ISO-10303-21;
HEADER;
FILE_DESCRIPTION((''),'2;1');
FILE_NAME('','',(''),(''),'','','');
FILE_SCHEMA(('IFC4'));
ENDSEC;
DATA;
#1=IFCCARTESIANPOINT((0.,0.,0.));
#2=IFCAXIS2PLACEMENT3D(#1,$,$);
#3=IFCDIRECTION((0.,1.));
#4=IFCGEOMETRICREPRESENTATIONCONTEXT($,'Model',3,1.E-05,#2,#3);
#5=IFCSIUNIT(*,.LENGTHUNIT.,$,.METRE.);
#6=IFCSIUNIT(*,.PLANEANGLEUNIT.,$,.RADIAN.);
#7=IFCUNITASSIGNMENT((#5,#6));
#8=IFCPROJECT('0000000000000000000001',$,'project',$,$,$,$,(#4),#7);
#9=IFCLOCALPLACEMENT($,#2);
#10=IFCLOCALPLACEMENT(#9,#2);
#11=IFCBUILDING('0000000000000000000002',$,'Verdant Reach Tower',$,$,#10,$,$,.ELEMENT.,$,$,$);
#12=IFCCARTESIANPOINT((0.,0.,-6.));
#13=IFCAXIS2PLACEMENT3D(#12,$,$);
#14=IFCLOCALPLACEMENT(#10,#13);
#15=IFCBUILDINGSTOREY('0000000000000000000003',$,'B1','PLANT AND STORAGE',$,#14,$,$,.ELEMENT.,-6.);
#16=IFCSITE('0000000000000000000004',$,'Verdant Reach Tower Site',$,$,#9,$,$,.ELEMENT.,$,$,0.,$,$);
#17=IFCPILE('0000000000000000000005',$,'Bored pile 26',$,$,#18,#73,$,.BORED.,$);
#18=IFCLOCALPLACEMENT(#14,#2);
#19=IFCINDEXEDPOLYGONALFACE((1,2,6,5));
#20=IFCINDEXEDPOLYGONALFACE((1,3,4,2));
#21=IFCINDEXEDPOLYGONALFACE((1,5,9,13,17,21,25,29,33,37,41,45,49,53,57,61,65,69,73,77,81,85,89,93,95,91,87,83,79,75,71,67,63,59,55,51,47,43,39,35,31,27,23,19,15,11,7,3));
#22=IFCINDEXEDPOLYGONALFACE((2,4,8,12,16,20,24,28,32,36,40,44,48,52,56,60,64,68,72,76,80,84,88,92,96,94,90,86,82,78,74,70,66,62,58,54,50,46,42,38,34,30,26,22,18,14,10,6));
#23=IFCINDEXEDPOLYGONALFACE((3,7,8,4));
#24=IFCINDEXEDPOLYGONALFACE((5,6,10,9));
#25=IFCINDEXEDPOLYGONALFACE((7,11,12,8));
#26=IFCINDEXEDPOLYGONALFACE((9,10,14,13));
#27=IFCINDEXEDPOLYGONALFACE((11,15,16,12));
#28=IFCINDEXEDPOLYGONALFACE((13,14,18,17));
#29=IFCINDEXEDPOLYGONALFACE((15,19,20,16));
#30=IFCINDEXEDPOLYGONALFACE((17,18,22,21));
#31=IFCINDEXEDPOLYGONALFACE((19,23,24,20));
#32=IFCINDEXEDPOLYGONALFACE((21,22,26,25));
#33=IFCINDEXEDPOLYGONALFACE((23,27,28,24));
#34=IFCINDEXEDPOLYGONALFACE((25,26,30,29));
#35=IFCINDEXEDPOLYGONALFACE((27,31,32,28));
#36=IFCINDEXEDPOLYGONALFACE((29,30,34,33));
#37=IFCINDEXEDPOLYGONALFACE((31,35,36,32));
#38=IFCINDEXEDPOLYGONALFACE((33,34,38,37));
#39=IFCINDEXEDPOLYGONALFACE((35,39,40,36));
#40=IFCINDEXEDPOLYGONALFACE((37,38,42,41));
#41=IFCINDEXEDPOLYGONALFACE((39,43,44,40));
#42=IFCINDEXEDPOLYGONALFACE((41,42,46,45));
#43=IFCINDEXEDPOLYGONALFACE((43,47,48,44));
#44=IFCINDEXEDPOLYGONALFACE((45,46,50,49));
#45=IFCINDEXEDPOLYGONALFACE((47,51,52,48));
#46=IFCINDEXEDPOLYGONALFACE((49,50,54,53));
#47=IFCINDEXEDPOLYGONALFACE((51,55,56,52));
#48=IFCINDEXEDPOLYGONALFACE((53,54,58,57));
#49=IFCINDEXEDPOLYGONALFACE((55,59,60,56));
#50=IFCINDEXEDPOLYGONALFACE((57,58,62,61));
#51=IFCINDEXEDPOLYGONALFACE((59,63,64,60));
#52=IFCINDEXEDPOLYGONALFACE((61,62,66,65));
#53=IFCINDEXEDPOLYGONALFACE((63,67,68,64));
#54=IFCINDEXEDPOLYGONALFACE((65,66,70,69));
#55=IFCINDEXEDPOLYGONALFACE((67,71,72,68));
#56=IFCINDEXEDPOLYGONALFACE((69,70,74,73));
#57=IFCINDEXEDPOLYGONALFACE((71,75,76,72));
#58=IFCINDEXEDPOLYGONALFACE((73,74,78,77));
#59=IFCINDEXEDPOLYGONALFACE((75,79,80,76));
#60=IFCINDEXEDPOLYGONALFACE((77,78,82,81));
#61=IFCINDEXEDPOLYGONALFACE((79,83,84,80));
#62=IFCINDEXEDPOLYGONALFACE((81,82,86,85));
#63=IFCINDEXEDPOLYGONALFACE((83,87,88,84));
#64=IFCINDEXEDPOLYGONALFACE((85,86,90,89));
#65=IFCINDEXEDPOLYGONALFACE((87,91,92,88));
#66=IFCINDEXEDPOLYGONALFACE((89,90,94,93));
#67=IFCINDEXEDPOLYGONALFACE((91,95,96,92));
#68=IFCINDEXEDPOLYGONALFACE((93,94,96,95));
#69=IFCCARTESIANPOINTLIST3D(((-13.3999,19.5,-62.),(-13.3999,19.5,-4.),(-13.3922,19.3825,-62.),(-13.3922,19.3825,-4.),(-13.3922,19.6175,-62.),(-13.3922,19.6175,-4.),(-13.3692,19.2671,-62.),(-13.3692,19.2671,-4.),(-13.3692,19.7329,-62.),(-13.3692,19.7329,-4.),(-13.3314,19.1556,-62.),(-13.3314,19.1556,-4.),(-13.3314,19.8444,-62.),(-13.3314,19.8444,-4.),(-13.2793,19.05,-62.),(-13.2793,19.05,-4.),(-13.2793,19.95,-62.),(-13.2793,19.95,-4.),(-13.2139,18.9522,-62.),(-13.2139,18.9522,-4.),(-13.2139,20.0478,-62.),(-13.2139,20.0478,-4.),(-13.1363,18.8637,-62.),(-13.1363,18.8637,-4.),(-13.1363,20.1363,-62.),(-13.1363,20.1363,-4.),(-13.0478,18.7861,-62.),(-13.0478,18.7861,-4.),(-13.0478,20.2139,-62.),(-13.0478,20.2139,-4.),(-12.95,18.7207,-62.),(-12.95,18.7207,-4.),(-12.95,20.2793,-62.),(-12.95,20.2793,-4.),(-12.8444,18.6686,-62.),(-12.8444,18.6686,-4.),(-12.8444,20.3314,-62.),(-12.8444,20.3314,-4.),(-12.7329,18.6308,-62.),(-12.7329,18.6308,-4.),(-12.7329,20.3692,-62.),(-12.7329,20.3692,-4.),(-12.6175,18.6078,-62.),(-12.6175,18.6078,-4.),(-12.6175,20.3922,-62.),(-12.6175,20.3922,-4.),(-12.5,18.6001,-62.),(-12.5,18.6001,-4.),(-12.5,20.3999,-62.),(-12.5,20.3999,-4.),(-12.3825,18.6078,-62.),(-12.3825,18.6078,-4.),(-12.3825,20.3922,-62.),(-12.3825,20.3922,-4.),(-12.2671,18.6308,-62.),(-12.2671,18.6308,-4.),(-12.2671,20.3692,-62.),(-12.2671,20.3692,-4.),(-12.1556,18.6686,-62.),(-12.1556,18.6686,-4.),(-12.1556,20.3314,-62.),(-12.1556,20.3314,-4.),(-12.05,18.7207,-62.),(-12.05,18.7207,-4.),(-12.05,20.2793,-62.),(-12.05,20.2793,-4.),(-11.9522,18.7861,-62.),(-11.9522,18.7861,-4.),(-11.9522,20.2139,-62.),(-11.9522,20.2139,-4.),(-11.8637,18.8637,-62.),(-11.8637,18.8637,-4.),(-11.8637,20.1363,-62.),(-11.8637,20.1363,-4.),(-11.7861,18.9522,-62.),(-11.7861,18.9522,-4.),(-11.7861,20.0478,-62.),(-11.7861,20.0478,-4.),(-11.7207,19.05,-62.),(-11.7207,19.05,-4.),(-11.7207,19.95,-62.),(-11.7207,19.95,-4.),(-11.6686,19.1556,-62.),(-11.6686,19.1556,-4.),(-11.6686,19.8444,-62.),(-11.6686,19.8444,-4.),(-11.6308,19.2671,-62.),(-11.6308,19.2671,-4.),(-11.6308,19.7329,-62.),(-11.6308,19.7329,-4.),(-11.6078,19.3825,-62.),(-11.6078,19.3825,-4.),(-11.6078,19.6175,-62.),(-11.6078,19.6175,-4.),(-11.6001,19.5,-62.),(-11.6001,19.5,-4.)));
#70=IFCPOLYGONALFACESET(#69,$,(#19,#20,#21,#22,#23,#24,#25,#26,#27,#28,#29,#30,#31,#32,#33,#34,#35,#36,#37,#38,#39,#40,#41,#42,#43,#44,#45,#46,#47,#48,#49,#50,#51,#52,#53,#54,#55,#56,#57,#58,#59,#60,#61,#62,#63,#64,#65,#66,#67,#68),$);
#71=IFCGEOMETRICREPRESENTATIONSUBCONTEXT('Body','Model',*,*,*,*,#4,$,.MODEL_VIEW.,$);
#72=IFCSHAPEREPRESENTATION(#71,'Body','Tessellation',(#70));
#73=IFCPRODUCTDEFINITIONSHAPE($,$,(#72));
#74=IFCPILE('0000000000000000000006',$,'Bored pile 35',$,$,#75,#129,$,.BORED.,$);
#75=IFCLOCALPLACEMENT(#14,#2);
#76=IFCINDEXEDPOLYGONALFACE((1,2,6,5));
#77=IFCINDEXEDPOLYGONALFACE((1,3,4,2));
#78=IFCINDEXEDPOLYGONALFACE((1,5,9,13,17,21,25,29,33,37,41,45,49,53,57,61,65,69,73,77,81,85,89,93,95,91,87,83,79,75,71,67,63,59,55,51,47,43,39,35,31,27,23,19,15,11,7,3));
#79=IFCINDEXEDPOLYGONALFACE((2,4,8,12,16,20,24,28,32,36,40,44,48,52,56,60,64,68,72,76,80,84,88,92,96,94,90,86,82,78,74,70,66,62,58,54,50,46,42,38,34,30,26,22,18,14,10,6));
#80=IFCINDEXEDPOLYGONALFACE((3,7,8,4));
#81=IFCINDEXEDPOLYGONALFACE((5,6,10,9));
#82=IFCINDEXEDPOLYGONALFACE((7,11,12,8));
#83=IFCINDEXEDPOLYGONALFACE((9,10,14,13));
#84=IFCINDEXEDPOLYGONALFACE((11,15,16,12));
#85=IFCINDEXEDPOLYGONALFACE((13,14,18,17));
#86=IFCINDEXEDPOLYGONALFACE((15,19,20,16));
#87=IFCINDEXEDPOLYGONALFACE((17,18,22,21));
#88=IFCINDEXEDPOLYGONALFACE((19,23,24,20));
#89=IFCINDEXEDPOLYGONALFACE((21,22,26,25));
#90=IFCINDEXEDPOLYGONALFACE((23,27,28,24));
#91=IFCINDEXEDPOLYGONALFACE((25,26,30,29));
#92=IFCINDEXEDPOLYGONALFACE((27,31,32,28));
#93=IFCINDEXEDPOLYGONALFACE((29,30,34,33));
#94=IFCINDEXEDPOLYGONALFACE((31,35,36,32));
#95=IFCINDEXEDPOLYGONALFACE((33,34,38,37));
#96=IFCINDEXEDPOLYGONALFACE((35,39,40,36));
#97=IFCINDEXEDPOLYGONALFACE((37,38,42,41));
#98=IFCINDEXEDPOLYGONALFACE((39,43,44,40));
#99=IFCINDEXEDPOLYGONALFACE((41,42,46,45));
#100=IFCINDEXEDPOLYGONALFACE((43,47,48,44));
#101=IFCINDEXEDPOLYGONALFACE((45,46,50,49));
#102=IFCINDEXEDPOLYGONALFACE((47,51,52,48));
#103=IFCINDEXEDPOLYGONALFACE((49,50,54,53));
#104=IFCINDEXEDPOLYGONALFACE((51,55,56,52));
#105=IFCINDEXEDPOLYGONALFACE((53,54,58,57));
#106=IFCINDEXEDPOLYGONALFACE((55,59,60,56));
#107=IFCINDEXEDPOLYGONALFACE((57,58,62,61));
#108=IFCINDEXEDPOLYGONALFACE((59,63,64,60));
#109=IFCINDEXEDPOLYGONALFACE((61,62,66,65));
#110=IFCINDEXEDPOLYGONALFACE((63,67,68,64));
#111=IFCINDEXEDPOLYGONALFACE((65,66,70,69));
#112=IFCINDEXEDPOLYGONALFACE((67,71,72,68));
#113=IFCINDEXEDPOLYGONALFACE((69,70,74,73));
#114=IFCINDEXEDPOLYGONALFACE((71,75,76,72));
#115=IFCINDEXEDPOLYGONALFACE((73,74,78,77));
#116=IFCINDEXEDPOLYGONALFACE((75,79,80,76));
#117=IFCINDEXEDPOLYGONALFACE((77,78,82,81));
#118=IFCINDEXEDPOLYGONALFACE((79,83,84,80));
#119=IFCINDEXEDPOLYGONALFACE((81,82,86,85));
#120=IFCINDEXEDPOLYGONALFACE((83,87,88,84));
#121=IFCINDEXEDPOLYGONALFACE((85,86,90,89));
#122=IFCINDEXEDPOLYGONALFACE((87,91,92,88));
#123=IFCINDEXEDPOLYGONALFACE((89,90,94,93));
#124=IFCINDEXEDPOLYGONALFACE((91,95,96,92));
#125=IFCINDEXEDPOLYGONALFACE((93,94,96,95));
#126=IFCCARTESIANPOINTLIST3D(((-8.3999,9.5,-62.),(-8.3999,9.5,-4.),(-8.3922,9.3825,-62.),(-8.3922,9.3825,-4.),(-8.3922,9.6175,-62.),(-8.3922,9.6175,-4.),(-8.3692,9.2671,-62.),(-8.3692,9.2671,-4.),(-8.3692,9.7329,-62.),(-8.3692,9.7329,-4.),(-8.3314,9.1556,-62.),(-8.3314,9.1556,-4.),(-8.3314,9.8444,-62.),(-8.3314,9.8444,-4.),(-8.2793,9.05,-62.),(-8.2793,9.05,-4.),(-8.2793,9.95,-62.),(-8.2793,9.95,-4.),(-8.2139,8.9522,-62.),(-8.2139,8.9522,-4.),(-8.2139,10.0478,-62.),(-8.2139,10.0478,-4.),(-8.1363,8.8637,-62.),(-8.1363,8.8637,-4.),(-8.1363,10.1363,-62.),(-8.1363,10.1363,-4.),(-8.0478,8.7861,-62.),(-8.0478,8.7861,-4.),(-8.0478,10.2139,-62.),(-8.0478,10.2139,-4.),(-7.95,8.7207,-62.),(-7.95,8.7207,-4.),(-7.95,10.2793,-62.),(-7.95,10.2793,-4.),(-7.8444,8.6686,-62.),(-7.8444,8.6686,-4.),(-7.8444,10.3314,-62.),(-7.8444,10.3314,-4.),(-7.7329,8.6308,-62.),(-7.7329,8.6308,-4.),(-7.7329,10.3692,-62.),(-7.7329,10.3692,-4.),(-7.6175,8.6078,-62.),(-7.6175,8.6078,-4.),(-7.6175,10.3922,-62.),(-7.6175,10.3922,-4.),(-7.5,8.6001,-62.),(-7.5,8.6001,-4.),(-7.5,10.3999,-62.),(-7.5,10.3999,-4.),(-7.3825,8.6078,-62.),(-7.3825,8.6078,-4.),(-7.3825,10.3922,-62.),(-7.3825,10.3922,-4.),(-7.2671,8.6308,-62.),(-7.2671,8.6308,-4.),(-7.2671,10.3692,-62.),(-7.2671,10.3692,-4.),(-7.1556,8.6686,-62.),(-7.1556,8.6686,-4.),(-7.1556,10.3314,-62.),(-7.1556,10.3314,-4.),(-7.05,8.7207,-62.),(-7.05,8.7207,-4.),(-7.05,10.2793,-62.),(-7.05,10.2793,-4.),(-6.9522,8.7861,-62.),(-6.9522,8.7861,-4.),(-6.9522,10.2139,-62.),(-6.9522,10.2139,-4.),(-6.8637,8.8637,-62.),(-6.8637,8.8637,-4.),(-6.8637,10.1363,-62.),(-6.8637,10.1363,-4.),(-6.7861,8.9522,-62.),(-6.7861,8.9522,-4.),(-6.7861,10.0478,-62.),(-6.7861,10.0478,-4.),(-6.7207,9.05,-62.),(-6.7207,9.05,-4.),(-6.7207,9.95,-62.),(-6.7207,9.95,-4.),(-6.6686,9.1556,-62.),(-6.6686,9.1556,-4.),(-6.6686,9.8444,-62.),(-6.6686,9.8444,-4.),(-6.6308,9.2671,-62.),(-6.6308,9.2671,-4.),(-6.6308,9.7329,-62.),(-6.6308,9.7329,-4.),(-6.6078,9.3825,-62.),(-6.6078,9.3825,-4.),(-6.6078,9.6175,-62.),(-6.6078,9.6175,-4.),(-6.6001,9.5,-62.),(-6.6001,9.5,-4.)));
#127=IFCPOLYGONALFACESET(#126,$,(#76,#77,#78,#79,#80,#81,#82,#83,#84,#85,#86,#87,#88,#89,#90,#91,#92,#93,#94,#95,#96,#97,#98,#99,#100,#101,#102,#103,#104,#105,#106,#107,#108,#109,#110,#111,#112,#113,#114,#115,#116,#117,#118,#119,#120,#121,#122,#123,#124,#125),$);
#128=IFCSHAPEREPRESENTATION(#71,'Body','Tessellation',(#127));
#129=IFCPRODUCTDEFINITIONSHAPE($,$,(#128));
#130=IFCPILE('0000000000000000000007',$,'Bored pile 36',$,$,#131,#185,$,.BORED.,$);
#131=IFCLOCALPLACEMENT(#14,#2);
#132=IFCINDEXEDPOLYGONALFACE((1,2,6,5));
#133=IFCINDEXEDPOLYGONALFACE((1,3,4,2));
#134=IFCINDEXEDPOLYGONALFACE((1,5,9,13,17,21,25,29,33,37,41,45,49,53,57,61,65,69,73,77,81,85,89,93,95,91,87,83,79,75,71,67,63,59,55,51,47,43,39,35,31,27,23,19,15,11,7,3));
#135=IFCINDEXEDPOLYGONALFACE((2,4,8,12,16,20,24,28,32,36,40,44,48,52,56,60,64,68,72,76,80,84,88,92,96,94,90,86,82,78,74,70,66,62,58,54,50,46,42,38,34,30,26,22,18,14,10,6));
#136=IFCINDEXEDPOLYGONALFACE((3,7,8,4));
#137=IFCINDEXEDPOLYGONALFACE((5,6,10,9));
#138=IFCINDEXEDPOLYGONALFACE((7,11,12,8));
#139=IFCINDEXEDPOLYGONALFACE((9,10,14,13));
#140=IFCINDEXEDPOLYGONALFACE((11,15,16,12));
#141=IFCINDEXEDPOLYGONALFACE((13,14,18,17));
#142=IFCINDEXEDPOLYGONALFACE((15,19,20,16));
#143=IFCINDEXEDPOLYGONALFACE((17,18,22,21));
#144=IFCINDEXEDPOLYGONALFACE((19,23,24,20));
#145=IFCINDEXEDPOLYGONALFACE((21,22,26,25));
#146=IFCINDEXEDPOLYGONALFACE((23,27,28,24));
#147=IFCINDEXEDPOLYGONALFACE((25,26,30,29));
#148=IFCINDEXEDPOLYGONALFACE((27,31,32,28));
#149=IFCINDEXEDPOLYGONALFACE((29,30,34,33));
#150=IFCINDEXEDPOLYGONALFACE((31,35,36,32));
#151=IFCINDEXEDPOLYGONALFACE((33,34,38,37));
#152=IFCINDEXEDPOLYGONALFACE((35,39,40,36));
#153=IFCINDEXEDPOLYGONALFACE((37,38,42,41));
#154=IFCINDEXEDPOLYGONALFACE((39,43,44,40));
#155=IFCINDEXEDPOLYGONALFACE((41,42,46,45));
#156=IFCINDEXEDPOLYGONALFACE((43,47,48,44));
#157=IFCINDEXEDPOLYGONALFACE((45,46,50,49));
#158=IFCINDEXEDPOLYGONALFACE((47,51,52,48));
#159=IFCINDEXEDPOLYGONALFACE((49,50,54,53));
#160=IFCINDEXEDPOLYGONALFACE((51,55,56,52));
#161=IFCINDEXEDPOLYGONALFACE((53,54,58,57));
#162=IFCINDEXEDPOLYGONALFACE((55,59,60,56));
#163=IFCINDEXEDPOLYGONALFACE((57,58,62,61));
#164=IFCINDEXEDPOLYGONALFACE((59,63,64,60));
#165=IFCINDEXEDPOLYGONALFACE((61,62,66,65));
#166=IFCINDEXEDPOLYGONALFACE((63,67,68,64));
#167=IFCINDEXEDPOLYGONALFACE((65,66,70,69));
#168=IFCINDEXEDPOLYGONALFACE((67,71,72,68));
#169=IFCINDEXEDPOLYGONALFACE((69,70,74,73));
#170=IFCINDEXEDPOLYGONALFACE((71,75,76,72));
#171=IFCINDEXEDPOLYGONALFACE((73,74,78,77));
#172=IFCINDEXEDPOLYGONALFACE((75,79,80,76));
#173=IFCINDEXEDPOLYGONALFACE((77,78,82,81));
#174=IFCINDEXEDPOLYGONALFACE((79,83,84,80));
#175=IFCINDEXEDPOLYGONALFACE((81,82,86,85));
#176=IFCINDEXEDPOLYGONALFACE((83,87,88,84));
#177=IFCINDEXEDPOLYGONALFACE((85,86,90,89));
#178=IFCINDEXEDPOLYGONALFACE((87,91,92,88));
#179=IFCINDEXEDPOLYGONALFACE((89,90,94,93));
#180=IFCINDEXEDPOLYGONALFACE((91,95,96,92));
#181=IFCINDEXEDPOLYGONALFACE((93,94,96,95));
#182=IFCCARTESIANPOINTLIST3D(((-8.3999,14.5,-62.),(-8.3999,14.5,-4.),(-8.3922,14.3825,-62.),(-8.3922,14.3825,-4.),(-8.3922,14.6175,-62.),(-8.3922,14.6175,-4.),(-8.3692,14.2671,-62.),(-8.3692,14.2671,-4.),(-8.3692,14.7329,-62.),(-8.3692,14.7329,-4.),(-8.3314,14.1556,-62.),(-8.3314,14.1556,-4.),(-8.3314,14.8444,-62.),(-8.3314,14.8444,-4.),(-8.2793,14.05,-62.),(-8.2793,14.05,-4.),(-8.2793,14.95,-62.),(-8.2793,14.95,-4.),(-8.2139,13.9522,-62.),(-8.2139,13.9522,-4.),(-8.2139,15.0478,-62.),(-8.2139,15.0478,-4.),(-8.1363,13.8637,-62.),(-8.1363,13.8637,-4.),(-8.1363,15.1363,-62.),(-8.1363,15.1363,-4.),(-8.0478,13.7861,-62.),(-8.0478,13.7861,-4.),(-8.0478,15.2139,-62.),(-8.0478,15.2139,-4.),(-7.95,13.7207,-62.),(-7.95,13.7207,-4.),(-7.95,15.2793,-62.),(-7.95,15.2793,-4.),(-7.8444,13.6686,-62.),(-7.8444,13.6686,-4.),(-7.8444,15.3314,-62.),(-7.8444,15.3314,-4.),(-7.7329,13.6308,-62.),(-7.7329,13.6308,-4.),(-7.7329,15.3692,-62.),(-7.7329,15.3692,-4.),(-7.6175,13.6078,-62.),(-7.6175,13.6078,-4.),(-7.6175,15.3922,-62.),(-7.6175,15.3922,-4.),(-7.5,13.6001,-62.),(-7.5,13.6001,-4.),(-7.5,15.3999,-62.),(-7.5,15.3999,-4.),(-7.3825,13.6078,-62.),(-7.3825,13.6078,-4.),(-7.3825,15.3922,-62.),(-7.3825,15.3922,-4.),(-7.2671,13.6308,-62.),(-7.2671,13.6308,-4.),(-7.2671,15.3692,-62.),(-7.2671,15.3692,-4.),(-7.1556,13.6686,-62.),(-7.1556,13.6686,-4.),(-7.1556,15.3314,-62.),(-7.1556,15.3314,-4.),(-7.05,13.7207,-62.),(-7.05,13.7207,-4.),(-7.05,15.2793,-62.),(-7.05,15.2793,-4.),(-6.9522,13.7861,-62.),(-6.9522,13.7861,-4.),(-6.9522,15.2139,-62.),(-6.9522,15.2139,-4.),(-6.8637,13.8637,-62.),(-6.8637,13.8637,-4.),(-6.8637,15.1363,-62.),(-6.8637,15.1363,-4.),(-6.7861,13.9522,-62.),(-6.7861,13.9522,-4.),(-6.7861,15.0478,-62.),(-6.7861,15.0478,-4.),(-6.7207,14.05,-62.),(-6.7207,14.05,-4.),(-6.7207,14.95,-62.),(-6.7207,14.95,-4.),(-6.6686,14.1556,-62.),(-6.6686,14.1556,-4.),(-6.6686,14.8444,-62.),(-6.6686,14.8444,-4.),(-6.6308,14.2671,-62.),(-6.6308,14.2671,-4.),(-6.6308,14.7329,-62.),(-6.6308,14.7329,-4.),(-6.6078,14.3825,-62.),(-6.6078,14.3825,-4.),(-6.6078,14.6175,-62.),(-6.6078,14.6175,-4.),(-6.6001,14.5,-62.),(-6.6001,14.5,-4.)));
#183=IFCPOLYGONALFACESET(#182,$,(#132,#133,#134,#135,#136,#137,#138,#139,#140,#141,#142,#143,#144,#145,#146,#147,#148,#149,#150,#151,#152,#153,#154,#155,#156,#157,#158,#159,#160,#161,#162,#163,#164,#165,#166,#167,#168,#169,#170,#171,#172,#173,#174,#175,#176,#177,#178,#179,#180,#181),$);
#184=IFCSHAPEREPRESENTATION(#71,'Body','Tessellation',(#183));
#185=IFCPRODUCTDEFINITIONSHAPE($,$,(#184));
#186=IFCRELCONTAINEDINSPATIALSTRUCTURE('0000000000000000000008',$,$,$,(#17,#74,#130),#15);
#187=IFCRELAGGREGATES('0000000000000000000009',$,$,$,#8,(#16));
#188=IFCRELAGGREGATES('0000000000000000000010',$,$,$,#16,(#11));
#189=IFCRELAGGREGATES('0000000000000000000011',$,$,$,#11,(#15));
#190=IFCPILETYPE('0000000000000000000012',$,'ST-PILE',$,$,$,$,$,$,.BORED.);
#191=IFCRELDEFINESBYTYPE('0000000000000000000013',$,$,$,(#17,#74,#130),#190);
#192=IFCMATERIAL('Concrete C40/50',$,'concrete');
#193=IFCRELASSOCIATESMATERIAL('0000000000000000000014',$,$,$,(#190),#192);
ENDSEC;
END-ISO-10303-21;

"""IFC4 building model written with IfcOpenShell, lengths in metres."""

from ifc_helpers import new_model, si_unit, direction, frame, origin, origin_2d, place, context, subcontext, project, spatial, circle, extrude, material, material_profile, profile_set, type_object, element, save


model = new_model("IFC4")

# Units and contexts
model_context = context("Model", 3, precision=1e-05, world=origin(), true_north=direction((0.0, 1.0)))
body_context = subcontext(model_context, "Body", "Model", "MODEL_VIEW")
ifc_project = project(units=[si_unit("LENGTHUNIT", "METRE"), si_unit("PLANEANGLEUNIT", "RADIAN")], contexts=[model_context])

# Site, building, storey
site_placement = place(None, origin())
site = spatial("IfcSite", under=ifc_project, at=site_placement, Name="Verdant Reach Tower Site", CompositionType="ELEMENT", RefElevation=0.0)
building_placement = place(site_placement, origin())
building = spatial("IfcBuilding", under=site, at=building_placement, Name="Verdant Reach Tower", CompositionType="ELEMENT")
storey_placement = place(building_placement, frame((0.0, 0.0, -6.0)))
storey = spatial("IfcBuildingStorey", under=building, at=storey_placement, Name="B1", Description="PLANT AND STORAGE", CompositionType="ELEMENT", Elevation=-6.0)

# Piles
ifc_material_1 = material(Name="Concrete C40/50", Category="concrete")
ifc_material_profile_1 = material_profile(ifc_material_1, circle(Radius=0.8999, at=origin_2d()), Name="BP 1800")
ifc_profile_set_1 = profile_set([ifc_material_profile_1], Name="Concrete C40/50")
pile_type = type_object("IfcPileType", Name="ST-PILE", PredefinedType="BORED", material=ifc_profile_set_1)
for number, where, z_axis, x_axis, name in (
    (1, (-12.5, 19.5, -4.0), (0.0, 0.0, -1.0), (1.0, 0.0, 0.0), "Bored pile 26"),
    (2, (-7.5, 9.5, -4.0), (0.0, 0.0, -1.0), (1.0, 0.0, 0.0), "Bored pile 35"),
    (3, (-7.5, 14.5, -4.0), (0.0, 0.0, -1.0), (1.0, 0.0, 0.0), "Bored pile 36"),
):
    element("IfcPile", number, at=place(storey_placement, frame(where, z_axis=z_axis, x_axis=x_axis)), inside=storey, type_object=pile_type, Name=name, PredefinedType="BORED", context=body_context, shape_type="SweptSolid", body=[
        extrude(circle(Radius=0.8999, at=origin_2d()), origin(), (0.0, 0.0, 1.0), 58.0),
    ])

save(model, "model.ifc")
